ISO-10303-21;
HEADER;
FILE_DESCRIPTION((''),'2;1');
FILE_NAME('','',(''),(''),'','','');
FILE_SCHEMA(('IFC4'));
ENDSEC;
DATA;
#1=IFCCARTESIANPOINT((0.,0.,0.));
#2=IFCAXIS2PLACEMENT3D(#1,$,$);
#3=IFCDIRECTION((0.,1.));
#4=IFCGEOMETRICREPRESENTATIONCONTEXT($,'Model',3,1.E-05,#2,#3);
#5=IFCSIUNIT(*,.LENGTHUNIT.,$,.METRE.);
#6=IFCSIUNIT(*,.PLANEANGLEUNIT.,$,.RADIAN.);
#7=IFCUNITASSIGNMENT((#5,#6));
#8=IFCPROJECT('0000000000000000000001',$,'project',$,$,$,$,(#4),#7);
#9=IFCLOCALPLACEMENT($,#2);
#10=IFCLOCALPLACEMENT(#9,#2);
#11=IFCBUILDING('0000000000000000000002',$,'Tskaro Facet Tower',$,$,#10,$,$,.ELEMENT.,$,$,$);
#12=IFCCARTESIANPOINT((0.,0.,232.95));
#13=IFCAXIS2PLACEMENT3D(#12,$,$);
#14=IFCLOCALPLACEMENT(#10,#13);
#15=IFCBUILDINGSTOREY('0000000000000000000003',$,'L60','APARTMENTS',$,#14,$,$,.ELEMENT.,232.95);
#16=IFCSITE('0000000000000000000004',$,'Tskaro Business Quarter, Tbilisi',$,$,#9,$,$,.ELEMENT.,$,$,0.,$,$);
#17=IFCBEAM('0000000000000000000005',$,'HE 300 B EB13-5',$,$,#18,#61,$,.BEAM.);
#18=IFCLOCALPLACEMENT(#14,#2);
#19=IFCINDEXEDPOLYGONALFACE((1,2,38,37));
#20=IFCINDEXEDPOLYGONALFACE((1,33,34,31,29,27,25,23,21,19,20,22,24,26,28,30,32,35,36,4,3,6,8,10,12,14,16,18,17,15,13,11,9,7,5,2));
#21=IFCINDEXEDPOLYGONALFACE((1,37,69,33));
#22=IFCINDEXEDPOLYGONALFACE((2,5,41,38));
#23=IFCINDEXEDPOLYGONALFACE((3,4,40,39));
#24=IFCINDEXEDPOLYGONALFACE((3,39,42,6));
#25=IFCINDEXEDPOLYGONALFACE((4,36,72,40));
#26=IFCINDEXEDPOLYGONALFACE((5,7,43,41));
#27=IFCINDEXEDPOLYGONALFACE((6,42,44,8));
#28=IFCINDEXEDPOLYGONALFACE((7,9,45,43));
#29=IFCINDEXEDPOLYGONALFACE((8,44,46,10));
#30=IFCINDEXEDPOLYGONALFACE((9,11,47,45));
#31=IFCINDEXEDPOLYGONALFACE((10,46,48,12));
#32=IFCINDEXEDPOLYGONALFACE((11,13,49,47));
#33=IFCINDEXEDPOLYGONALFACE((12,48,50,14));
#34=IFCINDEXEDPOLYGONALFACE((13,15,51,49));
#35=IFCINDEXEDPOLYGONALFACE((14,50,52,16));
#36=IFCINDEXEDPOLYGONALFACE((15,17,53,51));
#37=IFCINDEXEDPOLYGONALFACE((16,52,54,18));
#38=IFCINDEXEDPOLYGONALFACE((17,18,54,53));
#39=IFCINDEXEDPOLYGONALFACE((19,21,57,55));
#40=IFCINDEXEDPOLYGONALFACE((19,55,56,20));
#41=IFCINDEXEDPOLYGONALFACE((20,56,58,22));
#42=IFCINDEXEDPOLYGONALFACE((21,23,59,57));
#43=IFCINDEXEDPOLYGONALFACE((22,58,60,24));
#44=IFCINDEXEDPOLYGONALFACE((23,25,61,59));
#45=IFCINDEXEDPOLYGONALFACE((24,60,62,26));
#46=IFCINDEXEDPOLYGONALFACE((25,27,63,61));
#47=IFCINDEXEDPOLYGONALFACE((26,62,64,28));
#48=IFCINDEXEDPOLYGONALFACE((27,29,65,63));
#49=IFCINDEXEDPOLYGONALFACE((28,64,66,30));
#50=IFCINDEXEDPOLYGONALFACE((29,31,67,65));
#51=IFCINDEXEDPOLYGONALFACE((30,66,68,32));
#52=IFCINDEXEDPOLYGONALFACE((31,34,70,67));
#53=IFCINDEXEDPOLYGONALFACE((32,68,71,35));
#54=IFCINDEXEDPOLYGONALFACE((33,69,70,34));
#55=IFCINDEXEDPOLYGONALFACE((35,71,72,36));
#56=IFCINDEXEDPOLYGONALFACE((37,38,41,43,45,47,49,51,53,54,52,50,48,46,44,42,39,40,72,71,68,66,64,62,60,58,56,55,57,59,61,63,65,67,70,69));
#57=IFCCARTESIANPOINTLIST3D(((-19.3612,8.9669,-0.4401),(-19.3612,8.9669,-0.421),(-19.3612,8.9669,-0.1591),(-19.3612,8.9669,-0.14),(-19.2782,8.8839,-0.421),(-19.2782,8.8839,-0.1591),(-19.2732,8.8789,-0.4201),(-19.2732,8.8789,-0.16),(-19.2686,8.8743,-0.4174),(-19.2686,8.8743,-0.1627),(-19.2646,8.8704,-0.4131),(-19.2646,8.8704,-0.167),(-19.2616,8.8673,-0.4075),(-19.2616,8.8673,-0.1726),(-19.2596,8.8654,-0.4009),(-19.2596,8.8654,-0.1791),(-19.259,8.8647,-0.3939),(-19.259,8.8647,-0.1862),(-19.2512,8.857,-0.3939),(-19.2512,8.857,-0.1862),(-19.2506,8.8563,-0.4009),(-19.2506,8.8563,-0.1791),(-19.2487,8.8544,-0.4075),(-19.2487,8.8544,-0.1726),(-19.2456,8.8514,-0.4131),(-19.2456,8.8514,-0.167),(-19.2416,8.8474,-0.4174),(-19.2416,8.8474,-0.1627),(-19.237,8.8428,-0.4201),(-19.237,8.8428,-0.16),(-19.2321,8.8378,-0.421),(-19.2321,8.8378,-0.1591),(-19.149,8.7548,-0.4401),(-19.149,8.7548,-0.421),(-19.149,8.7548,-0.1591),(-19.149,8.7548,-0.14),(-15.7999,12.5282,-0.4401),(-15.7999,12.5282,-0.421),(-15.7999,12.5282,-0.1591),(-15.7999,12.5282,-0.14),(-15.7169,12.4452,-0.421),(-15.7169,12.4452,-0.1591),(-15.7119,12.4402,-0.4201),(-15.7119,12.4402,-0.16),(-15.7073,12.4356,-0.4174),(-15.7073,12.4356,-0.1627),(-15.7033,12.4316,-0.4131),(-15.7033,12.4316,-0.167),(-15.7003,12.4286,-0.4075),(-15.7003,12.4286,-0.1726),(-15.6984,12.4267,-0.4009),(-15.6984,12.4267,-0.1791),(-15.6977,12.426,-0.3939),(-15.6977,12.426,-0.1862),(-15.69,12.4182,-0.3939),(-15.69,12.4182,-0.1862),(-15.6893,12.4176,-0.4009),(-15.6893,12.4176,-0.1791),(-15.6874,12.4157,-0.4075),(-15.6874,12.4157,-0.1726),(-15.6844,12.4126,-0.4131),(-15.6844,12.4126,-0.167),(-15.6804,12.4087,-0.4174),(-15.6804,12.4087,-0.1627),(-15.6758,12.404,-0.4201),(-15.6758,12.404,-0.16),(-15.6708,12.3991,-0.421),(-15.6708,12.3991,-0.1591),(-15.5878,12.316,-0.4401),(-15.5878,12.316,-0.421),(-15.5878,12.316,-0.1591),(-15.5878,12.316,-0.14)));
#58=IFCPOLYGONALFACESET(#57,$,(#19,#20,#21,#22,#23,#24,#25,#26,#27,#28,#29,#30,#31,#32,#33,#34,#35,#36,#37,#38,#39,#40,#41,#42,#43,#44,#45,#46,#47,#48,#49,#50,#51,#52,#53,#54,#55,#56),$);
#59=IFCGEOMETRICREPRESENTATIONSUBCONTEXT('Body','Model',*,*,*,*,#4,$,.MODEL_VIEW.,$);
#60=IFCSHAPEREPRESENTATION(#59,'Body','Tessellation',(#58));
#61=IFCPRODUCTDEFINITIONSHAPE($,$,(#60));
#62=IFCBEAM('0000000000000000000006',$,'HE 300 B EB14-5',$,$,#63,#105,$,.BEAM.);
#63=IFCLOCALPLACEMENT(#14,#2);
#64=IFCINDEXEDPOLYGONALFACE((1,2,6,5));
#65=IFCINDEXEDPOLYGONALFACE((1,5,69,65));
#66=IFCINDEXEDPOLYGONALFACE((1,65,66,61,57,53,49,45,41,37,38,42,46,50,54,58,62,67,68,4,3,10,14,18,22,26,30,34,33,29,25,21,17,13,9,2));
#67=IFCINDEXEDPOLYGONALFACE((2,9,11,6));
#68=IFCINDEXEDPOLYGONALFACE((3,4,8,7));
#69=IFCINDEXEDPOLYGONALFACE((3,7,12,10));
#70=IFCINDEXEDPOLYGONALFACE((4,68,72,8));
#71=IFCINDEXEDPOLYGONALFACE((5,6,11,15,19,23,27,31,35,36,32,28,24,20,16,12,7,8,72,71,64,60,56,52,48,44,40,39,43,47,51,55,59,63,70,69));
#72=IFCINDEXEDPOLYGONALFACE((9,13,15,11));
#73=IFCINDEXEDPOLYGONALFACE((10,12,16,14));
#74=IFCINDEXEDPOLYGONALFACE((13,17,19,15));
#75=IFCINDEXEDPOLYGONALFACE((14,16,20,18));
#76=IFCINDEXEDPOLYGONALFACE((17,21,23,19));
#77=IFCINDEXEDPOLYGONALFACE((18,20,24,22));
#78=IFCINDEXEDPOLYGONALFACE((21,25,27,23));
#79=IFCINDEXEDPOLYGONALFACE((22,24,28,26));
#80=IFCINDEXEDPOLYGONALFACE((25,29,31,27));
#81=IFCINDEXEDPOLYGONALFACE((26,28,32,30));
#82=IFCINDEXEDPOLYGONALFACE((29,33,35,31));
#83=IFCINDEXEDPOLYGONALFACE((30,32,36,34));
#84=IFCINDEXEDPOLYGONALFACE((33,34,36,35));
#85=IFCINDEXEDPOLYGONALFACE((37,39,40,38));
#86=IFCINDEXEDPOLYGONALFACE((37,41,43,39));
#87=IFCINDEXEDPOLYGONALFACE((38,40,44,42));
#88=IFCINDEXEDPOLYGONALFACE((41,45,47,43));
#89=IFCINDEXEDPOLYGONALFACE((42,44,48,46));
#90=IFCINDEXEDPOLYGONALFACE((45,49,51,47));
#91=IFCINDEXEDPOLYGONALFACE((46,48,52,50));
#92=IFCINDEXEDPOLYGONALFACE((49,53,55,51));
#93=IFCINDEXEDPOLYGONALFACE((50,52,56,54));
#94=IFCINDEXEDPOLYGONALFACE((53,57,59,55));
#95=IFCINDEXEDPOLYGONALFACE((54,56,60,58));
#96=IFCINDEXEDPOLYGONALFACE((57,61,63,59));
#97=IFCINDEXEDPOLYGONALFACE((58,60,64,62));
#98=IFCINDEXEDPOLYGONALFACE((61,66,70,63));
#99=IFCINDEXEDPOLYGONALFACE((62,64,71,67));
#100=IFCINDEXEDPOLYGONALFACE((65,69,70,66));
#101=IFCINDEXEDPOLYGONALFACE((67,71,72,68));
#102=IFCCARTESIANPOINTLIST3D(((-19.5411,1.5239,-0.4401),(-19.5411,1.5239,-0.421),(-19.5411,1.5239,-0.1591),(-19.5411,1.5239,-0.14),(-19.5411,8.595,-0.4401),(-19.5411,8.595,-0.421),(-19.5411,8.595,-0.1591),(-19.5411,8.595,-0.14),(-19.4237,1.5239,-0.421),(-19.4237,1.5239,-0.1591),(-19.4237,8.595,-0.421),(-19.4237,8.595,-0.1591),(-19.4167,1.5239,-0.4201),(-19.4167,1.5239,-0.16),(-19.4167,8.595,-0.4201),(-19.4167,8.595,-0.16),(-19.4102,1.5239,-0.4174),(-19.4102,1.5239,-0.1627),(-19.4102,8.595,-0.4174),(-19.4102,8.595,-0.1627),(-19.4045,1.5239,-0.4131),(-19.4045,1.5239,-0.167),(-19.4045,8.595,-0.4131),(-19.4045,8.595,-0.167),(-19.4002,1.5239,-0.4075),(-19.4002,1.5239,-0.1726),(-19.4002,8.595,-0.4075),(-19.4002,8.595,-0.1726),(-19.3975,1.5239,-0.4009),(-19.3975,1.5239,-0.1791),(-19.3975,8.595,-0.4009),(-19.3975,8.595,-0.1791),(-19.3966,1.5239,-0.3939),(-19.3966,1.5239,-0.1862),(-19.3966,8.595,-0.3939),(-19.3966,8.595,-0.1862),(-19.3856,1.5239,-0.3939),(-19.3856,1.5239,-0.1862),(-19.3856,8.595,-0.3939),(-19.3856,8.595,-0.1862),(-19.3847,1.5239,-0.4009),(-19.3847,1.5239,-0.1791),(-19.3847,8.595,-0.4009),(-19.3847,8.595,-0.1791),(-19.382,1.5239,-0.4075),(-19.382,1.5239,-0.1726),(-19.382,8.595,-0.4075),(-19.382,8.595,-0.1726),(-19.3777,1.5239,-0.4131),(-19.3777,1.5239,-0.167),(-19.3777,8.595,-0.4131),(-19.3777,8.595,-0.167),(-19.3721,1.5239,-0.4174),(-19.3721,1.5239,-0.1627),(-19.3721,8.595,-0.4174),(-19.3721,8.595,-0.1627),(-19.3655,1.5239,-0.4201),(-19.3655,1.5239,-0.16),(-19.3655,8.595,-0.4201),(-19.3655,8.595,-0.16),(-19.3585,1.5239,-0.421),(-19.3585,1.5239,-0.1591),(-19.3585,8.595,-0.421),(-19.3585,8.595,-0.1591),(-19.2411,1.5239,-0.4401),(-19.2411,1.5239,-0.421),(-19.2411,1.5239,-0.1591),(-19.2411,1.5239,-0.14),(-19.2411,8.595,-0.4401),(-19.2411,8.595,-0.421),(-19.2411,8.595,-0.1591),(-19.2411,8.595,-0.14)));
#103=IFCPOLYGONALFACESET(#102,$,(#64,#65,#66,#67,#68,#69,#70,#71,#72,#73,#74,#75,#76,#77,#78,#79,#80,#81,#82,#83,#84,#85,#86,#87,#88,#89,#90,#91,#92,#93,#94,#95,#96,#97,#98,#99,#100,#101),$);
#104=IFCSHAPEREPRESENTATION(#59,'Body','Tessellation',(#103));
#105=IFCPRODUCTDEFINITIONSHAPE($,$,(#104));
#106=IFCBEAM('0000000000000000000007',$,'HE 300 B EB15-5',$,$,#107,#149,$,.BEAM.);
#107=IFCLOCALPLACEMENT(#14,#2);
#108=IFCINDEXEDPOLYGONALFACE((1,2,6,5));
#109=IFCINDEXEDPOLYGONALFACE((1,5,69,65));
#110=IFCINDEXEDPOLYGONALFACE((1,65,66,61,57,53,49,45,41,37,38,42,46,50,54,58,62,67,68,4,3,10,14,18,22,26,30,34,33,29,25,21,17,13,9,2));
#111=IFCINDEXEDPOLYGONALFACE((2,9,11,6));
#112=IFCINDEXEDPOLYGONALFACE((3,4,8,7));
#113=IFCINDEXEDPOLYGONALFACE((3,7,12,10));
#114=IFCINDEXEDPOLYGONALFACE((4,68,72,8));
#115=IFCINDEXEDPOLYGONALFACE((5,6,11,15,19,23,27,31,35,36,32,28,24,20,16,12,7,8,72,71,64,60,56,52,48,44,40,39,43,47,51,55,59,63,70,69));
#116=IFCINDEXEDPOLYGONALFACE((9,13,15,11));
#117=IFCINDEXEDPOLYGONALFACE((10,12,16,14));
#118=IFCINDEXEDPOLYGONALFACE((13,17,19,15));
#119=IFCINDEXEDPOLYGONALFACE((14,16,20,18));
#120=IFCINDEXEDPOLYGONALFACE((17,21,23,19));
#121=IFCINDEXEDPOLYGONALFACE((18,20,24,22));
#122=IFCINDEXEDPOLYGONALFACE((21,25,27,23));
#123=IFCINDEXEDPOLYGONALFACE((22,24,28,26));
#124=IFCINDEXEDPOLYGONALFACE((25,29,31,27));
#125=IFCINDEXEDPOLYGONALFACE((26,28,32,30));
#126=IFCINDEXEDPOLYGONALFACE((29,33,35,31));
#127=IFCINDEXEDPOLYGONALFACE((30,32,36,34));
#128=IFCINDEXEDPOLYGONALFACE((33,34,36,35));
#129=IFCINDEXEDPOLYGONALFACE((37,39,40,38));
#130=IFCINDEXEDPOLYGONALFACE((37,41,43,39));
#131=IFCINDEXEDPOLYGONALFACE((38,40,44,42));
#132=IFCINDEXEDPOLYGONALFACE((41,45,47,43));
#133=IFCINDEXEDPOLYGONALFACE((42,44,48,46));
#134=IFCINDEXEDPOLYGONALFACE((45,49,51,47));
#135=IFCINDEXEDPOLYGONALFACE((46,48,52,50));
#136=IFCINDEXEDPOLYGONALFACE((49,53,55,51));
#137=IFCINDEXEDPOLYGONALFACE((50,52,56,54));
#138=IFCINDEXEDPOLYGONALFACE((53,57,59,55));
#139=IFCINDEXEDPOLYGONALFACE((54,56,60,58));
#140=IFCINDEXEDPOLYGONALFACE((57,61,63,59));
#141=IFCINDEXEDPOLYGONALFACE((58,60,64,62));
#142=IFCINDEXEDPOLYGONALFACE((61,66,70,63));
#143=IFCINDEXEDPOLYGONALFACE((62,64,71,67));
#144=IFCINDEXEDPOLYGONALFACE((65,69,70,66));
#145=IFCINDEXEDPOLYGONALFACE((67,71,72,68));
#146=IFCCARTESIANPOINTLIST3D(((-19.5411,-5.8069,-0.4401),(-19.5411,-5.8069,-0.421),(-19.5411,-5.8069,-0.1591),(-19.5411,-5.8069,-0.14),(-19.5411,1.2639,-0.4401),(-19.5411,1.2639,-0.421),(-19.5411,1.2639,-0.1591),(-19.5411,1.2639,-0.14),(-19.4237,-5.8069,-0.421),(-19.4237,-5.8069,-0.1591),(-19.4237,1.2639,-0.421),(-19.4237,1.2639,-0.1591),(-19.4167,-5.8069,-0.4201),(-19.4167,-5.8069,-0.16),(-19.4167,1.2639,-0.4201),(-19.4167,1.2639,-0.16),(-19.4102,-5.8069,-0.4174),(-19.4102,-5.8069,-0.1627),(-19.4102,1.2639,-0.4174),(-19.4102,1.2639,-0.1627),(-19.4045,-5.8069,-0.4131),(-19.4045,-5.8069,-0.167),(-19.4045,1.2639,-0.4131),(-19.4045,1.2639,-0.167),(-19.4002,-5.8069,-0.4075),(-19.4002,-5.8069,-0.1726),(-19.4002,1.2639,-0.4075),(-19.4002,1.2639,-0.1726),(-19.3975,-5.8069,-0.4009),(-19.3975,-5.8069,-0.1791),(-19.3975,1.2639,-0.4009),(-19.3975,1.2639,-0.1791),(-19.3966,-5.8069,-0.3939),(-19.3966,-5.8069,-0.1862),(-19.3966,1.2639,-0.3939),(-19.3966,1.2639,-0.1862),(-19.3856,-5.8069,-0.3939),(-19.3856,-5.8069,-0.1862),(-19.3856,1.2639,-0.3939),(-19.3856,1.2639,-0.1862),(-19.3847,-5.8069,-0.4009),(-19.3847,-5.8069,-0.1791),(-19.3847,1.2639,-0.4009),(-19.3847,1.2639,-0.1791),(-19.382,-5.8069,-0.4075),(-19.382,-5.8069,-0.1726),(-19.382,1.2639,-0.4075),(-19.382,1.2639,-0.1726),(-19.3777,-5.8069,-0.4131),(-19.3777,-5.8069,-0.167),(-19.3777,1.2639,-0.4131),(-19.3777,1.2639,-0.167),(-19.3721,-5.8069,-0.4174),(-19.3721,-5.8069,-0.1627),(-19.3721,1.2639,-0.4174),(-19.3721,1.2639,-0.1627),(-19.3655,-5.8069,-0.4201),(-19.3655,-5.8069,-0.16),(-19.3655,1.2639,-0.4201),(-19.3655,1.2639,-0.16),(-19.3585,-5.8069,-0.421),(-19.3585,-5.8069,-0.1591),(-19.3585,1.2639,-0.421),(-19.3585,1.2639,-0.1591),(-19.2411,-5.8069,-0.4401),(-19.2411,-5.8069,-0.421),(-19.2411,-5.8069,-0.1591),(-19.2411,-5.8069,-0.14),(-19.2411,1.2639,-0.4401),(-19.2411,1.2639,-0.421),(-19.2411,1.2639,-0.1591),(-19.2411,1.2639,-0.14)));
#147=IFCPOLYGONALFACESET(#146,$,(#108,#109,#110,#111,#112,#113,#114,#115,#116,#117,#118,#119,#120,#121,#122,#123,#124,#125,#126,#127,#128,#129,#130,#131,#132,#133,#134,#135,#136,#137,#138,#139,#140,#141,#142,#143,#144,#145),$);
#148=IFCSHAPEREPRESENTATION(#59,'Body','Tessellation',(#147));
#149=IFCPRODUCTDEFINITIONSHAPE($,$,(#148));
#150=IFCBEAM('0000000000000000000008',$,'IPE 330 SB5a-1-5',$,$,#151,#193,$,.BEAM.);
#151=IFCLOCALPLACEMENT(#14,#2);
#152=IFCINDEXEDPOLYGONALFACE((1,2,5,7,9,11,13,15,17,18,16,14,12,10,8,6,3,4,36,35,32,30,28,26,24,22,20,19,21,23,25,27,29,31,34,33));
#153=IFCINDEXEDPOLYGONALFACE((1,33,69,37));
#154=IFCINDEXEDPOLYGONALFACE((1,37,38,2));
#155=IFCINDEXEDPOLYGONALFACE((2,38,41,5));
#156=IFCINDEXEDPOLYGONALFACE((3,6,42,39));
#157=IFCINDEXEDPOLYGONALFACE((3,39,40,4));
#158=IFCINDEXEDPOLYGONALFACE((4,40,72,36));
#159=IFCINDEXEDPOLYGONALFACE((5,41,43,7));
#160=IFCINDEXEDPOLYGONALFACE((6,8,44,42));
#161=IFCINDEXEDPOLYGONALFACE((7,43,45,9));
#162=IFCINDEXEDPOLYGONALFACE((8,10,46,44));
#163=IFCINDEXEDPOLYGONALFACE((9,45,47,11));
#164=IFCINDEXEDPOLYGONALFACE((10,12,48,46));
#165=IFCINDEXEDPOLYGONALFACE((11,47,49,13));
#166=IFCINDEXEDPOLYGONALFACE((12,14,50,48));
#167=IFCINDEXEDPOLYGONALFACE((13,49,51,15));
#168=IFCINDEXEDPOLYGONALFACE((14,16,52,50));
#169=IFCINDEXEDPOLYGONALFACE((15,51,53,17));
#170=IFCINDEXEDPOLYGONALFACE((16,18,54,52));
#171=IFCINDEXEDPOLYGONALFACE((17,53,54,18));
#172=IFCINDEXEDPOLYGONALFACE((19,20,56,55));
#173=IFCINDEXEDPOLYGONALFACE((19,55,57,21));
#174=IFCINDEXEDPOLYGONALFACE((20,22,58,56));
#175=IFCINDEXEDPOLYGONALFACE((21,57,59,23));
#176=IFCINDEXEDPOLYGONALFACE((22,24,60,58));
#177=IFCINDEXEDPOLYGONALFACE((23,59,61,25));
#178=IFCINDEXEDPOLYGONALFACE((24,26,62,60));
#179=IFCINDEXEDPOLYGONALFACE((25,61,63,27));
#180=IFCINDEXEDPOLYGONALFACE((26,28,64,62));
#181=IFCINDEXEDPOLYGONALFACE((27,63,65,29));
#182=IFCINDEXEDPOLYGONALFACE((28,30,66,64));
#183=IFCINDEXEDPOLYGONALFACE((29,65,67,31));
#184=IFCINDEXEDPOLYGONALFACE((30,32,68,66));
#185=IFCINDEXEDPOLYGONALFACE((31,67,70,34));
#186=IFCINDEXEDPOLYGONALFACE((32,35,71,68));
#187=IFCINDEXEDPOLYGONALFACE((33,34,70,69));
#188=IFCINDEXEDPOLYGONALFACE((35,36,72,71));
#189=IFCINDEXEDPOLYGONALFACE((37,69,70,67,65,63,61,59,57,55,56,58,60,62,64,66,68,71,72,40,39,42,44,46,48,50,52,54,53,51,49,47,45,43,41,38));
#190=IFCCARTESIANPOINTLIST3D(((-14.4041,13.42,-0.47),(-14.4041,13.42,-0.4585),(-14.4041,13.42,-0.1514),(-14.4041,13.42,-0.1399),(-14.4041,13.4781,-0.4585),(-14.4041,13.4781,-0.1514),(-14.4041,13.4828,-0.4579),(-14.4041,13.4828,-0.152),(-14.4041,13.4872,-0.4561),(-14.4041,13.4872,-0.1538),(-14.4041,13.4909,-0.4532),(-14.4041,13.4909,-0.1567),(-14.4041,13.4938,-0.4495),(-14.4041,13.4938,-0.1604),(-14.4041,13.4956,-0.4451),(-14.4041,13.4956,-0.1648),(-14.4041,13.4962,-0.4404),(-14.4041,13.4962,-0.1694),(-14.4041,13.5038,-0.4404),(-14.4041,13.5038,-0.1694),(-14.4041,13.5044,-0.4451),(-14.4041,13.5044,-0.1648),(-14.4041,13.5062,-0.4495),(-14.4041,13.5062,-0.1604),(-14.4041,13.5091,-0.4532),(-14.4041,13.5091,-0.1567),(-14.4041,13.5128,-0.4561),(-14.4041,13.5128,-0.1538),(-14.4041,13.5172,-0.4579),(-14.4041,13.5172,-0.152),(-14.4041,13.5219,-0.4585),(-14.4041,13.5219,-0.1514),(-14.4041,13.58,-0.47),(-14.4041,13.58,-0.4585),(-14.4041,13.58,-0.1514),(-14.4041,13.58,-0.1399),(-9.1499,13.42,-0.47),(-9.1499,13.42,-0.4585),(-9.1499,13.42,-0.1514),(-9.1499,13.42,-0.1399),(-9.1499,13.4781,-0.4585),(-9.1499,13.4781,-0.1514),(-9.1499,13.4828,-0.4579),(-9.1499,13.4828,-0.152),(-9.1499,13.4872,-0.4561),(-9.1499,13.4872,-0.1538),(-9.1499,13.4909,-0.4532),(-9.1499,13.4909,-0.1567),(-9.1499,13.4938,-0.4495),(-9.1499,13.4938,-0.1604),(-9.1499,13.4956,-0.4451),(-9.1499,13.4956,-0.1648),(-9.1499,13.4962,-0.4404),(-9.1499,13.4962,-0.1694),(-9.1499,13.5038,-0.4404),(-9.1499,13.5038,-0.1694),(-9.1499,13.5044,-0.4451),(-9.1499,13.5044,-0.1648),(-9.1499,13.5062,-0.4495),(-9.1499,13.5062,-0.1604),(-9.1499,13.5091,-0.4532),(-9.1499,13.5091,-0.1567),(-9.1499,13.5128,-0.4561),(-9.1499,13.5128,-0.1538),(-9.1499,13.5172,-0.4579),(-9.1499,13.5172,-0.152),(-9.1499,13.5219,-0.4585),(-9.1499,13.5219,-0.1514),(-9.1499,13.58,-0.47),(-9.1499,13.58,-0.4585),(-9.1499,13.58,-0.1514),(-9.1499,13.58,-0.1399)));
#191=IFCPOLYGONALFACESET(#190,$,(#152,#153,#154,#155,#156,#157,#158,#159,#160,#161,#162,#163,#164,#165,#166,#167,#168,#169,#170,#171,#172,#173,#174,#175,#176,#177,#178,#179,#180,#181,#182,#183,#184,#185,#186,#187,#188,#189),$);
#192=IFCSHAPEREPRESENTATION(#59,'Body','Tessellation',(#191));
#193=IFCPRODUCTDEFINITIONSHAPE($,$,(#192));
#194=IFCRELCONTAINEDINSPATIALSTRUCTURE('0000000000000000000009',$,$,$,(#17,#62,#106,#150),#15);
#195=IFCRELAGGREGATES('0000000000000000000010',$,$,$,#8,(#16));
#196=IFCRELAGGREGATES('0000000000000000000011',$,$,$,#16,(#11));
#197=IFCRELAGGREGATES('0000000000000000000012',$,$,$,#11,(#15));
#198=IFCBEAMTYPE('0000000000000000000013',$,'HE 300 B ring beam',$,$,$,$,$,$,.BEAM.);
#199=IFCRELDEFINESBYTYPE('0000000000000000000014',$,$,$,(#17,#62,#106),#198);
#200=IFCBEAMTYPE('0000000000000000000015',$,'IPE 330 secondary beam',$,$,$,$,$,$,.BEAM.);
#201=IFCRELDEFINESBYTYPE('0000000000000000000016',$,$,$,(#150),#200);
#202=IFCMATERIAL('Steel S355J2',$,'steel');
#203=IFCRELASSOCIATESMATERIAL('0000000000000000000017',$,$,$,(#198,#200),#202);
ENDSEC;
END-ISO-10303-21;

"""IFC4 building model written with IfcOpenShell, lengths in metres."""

from ifc_helpers import new_model, si_unit, direction, frame, origin, origin_2d, place, context, subcontext, project, spatial, i_section, extrude, material, material_profile, profile_set, type_object, element, save


model = new_model("IFC4")

# Units and contexts
model_context = context("Model", 3, precision=1e-05, world=origin(), true_north=direction((0.0, 1.0)))
body_context = subcontext(model_context, "Body", "Model", "MODEL_VIEW")
ifc_project = project(units=[si_unit("LENGTHUNIT", "METRE"), si_unit("PLANEANGLEUNIT", "RADIAN")], contexts=[model_context])

# Site, building, storey
site_placement = place(None, origin())
site = spatial("IfcSite", under=ifc_project, at=site_placement, Name="Tskaro Business Quarter, Tbilisi", CompositionType="ELEMENT", RefElevation=0.0)
building_placement = place(site_placement, origin())
building = spatial("IfcBuilding", under=site, at=building_placement, Name="Tskaro Facet Tower", CompositionType="ELEMENT")
storey_placement = place(building_placement, frame((0.0, 0.0, 232.95)))
storey = spatial("IfcBuildingStorey", under=building, at=storey_placement, Name="L60", Description="APARTMENTS", CompositionType="ELEMENT", Elevation=232.95)

# Shared definitions
ifc_material_1 = material(Name="Steel S355J2", Category="steel")

# Beams
ifc_material_profile_1 = material_profile(ifc_material_1, i_section(OverallWidth=0.3, OverallDepth=0.3, WebThickness=0.011, FlangeThickness=0.019, FilletRadius=0.0271, at=origin_2d()), Name="HE 300 B")
ifc_profile_set_1 = profile_set([ifc_material_profile_1], Name="Steel S355J2")
beam_type_1 = type_object("IfcBeamType", Name="HE 300 B ring beam", PredefinedType="BEAM", material=ifc_profile_set_1)
beam_1_placement = place(storey_placement, frame((-15.6938, 12.4221, -0.29), z_axis=(-0.707107, -0.707107, 0.0), x_axis=(0.707107, -0.707107, 0.0)))
element("IfcBeam", 1, at=beam_1_placement, inside=storey, type_object=beam_type_1, Name="HE 300 B EB13-5", PredefinedType="BEAM", context=body_context, shape_type="SweptSolid", body=[
    extrude(i_section(OverallWidth=0.3, OverallDepth=0.3, WebThickness=0.011, FlangeThickness=0.019, FilletRadius=0.0271, at=origin_2d()), origin(), (0.0, 0.0, 1.0), 5.0364),
])
beam_2_placement = place(storey_placement, frame((-19.3911, 8.595, -0.29), z_axis=(0.0, -1.0, 0.0), x_axis=(1.0, 0.0, 0.0)))
element("IfcBeam", 2, at=beam_2_placement, inside=storey, type_object=beam_type_1, Name="HE 300 B EB14-5", PredefinedType="BEAM", context=body_context, shape_type="SweptSolid", body=[
    extrude(i_section(OverallWidth=0.3, OverallDepth=0.3, WebThickness=0.011, FlangeThickness=0.019, FilletRadius=0.0271, at=origin_2d()), origin(), (0.0, 0.0, 1.0), 7.071),
])
beam_3_placement = place(storey_placement, frame((-19.3911, 1.2639, -0.29), z_axis=(0.0, -1.0, 0.0), x_axis=(1.0, 0.0, 0.0)))
element("IfcBeam", 3, at=beam_3_placement, inside=storey, type_object=beam_type_1, Name="HE 300 B EB15-5", PredefinedType="BEAM", context=body_context, shape_type="SweptSolid", body=[
    extrude(i_section(OverallWidth=0.3, OverallDepth=0.3, WebThickness=0.011, FlangeThickness=0.019, FilletRadius=0.0271, at=origin_2d()), origin(), (0.0, 0.0, 1.0), 7.0708),
])
ifc_material_profile_2 = material_profile(ifc_material_1, i_section(OverallWidth=0.1599, OverallDepth=0.3301, WebThickness=0.0076, FlangeThickness=0.0115, FilletRadius=0.0181, at=origin_2d()), Name="IPE 330")
ifc_profile_set_2 = profile_set([ifc_material_profile_2], Name="Steel S355J2")
beam_type_2 = type_object("IfcBeamType", Name="IPE 330 secondary beam", PredefinedType="BEAM", material=ifc_profile_set_2)
beam_4_placement = place(storey_placement, frame((-14.4041, 13.5, -0.3049), z_axis=(1.0, 0.0, 0.0), x_axis=(0.0, 1.0, 0.0)))
element("IfcBeam", 4, at=beam_4_placement, inside=storey, type_object=beam_type_2, Name="IPE 330 SB5a-1-5", PredefinedType="BEAM", context=body_context, shape_type="SweptSolid", body=[
    extrude(i_section(OverallWidth=0.1599, OverallDepth=0.3301, WebThickness=0.0076, FlangeThickness=0.0115, FilletRadius=0.0181, at=origin_2d()), origin(), (0.0, 0.0, 1.0), 5.2542),
])

save(model, "model.ifc")
